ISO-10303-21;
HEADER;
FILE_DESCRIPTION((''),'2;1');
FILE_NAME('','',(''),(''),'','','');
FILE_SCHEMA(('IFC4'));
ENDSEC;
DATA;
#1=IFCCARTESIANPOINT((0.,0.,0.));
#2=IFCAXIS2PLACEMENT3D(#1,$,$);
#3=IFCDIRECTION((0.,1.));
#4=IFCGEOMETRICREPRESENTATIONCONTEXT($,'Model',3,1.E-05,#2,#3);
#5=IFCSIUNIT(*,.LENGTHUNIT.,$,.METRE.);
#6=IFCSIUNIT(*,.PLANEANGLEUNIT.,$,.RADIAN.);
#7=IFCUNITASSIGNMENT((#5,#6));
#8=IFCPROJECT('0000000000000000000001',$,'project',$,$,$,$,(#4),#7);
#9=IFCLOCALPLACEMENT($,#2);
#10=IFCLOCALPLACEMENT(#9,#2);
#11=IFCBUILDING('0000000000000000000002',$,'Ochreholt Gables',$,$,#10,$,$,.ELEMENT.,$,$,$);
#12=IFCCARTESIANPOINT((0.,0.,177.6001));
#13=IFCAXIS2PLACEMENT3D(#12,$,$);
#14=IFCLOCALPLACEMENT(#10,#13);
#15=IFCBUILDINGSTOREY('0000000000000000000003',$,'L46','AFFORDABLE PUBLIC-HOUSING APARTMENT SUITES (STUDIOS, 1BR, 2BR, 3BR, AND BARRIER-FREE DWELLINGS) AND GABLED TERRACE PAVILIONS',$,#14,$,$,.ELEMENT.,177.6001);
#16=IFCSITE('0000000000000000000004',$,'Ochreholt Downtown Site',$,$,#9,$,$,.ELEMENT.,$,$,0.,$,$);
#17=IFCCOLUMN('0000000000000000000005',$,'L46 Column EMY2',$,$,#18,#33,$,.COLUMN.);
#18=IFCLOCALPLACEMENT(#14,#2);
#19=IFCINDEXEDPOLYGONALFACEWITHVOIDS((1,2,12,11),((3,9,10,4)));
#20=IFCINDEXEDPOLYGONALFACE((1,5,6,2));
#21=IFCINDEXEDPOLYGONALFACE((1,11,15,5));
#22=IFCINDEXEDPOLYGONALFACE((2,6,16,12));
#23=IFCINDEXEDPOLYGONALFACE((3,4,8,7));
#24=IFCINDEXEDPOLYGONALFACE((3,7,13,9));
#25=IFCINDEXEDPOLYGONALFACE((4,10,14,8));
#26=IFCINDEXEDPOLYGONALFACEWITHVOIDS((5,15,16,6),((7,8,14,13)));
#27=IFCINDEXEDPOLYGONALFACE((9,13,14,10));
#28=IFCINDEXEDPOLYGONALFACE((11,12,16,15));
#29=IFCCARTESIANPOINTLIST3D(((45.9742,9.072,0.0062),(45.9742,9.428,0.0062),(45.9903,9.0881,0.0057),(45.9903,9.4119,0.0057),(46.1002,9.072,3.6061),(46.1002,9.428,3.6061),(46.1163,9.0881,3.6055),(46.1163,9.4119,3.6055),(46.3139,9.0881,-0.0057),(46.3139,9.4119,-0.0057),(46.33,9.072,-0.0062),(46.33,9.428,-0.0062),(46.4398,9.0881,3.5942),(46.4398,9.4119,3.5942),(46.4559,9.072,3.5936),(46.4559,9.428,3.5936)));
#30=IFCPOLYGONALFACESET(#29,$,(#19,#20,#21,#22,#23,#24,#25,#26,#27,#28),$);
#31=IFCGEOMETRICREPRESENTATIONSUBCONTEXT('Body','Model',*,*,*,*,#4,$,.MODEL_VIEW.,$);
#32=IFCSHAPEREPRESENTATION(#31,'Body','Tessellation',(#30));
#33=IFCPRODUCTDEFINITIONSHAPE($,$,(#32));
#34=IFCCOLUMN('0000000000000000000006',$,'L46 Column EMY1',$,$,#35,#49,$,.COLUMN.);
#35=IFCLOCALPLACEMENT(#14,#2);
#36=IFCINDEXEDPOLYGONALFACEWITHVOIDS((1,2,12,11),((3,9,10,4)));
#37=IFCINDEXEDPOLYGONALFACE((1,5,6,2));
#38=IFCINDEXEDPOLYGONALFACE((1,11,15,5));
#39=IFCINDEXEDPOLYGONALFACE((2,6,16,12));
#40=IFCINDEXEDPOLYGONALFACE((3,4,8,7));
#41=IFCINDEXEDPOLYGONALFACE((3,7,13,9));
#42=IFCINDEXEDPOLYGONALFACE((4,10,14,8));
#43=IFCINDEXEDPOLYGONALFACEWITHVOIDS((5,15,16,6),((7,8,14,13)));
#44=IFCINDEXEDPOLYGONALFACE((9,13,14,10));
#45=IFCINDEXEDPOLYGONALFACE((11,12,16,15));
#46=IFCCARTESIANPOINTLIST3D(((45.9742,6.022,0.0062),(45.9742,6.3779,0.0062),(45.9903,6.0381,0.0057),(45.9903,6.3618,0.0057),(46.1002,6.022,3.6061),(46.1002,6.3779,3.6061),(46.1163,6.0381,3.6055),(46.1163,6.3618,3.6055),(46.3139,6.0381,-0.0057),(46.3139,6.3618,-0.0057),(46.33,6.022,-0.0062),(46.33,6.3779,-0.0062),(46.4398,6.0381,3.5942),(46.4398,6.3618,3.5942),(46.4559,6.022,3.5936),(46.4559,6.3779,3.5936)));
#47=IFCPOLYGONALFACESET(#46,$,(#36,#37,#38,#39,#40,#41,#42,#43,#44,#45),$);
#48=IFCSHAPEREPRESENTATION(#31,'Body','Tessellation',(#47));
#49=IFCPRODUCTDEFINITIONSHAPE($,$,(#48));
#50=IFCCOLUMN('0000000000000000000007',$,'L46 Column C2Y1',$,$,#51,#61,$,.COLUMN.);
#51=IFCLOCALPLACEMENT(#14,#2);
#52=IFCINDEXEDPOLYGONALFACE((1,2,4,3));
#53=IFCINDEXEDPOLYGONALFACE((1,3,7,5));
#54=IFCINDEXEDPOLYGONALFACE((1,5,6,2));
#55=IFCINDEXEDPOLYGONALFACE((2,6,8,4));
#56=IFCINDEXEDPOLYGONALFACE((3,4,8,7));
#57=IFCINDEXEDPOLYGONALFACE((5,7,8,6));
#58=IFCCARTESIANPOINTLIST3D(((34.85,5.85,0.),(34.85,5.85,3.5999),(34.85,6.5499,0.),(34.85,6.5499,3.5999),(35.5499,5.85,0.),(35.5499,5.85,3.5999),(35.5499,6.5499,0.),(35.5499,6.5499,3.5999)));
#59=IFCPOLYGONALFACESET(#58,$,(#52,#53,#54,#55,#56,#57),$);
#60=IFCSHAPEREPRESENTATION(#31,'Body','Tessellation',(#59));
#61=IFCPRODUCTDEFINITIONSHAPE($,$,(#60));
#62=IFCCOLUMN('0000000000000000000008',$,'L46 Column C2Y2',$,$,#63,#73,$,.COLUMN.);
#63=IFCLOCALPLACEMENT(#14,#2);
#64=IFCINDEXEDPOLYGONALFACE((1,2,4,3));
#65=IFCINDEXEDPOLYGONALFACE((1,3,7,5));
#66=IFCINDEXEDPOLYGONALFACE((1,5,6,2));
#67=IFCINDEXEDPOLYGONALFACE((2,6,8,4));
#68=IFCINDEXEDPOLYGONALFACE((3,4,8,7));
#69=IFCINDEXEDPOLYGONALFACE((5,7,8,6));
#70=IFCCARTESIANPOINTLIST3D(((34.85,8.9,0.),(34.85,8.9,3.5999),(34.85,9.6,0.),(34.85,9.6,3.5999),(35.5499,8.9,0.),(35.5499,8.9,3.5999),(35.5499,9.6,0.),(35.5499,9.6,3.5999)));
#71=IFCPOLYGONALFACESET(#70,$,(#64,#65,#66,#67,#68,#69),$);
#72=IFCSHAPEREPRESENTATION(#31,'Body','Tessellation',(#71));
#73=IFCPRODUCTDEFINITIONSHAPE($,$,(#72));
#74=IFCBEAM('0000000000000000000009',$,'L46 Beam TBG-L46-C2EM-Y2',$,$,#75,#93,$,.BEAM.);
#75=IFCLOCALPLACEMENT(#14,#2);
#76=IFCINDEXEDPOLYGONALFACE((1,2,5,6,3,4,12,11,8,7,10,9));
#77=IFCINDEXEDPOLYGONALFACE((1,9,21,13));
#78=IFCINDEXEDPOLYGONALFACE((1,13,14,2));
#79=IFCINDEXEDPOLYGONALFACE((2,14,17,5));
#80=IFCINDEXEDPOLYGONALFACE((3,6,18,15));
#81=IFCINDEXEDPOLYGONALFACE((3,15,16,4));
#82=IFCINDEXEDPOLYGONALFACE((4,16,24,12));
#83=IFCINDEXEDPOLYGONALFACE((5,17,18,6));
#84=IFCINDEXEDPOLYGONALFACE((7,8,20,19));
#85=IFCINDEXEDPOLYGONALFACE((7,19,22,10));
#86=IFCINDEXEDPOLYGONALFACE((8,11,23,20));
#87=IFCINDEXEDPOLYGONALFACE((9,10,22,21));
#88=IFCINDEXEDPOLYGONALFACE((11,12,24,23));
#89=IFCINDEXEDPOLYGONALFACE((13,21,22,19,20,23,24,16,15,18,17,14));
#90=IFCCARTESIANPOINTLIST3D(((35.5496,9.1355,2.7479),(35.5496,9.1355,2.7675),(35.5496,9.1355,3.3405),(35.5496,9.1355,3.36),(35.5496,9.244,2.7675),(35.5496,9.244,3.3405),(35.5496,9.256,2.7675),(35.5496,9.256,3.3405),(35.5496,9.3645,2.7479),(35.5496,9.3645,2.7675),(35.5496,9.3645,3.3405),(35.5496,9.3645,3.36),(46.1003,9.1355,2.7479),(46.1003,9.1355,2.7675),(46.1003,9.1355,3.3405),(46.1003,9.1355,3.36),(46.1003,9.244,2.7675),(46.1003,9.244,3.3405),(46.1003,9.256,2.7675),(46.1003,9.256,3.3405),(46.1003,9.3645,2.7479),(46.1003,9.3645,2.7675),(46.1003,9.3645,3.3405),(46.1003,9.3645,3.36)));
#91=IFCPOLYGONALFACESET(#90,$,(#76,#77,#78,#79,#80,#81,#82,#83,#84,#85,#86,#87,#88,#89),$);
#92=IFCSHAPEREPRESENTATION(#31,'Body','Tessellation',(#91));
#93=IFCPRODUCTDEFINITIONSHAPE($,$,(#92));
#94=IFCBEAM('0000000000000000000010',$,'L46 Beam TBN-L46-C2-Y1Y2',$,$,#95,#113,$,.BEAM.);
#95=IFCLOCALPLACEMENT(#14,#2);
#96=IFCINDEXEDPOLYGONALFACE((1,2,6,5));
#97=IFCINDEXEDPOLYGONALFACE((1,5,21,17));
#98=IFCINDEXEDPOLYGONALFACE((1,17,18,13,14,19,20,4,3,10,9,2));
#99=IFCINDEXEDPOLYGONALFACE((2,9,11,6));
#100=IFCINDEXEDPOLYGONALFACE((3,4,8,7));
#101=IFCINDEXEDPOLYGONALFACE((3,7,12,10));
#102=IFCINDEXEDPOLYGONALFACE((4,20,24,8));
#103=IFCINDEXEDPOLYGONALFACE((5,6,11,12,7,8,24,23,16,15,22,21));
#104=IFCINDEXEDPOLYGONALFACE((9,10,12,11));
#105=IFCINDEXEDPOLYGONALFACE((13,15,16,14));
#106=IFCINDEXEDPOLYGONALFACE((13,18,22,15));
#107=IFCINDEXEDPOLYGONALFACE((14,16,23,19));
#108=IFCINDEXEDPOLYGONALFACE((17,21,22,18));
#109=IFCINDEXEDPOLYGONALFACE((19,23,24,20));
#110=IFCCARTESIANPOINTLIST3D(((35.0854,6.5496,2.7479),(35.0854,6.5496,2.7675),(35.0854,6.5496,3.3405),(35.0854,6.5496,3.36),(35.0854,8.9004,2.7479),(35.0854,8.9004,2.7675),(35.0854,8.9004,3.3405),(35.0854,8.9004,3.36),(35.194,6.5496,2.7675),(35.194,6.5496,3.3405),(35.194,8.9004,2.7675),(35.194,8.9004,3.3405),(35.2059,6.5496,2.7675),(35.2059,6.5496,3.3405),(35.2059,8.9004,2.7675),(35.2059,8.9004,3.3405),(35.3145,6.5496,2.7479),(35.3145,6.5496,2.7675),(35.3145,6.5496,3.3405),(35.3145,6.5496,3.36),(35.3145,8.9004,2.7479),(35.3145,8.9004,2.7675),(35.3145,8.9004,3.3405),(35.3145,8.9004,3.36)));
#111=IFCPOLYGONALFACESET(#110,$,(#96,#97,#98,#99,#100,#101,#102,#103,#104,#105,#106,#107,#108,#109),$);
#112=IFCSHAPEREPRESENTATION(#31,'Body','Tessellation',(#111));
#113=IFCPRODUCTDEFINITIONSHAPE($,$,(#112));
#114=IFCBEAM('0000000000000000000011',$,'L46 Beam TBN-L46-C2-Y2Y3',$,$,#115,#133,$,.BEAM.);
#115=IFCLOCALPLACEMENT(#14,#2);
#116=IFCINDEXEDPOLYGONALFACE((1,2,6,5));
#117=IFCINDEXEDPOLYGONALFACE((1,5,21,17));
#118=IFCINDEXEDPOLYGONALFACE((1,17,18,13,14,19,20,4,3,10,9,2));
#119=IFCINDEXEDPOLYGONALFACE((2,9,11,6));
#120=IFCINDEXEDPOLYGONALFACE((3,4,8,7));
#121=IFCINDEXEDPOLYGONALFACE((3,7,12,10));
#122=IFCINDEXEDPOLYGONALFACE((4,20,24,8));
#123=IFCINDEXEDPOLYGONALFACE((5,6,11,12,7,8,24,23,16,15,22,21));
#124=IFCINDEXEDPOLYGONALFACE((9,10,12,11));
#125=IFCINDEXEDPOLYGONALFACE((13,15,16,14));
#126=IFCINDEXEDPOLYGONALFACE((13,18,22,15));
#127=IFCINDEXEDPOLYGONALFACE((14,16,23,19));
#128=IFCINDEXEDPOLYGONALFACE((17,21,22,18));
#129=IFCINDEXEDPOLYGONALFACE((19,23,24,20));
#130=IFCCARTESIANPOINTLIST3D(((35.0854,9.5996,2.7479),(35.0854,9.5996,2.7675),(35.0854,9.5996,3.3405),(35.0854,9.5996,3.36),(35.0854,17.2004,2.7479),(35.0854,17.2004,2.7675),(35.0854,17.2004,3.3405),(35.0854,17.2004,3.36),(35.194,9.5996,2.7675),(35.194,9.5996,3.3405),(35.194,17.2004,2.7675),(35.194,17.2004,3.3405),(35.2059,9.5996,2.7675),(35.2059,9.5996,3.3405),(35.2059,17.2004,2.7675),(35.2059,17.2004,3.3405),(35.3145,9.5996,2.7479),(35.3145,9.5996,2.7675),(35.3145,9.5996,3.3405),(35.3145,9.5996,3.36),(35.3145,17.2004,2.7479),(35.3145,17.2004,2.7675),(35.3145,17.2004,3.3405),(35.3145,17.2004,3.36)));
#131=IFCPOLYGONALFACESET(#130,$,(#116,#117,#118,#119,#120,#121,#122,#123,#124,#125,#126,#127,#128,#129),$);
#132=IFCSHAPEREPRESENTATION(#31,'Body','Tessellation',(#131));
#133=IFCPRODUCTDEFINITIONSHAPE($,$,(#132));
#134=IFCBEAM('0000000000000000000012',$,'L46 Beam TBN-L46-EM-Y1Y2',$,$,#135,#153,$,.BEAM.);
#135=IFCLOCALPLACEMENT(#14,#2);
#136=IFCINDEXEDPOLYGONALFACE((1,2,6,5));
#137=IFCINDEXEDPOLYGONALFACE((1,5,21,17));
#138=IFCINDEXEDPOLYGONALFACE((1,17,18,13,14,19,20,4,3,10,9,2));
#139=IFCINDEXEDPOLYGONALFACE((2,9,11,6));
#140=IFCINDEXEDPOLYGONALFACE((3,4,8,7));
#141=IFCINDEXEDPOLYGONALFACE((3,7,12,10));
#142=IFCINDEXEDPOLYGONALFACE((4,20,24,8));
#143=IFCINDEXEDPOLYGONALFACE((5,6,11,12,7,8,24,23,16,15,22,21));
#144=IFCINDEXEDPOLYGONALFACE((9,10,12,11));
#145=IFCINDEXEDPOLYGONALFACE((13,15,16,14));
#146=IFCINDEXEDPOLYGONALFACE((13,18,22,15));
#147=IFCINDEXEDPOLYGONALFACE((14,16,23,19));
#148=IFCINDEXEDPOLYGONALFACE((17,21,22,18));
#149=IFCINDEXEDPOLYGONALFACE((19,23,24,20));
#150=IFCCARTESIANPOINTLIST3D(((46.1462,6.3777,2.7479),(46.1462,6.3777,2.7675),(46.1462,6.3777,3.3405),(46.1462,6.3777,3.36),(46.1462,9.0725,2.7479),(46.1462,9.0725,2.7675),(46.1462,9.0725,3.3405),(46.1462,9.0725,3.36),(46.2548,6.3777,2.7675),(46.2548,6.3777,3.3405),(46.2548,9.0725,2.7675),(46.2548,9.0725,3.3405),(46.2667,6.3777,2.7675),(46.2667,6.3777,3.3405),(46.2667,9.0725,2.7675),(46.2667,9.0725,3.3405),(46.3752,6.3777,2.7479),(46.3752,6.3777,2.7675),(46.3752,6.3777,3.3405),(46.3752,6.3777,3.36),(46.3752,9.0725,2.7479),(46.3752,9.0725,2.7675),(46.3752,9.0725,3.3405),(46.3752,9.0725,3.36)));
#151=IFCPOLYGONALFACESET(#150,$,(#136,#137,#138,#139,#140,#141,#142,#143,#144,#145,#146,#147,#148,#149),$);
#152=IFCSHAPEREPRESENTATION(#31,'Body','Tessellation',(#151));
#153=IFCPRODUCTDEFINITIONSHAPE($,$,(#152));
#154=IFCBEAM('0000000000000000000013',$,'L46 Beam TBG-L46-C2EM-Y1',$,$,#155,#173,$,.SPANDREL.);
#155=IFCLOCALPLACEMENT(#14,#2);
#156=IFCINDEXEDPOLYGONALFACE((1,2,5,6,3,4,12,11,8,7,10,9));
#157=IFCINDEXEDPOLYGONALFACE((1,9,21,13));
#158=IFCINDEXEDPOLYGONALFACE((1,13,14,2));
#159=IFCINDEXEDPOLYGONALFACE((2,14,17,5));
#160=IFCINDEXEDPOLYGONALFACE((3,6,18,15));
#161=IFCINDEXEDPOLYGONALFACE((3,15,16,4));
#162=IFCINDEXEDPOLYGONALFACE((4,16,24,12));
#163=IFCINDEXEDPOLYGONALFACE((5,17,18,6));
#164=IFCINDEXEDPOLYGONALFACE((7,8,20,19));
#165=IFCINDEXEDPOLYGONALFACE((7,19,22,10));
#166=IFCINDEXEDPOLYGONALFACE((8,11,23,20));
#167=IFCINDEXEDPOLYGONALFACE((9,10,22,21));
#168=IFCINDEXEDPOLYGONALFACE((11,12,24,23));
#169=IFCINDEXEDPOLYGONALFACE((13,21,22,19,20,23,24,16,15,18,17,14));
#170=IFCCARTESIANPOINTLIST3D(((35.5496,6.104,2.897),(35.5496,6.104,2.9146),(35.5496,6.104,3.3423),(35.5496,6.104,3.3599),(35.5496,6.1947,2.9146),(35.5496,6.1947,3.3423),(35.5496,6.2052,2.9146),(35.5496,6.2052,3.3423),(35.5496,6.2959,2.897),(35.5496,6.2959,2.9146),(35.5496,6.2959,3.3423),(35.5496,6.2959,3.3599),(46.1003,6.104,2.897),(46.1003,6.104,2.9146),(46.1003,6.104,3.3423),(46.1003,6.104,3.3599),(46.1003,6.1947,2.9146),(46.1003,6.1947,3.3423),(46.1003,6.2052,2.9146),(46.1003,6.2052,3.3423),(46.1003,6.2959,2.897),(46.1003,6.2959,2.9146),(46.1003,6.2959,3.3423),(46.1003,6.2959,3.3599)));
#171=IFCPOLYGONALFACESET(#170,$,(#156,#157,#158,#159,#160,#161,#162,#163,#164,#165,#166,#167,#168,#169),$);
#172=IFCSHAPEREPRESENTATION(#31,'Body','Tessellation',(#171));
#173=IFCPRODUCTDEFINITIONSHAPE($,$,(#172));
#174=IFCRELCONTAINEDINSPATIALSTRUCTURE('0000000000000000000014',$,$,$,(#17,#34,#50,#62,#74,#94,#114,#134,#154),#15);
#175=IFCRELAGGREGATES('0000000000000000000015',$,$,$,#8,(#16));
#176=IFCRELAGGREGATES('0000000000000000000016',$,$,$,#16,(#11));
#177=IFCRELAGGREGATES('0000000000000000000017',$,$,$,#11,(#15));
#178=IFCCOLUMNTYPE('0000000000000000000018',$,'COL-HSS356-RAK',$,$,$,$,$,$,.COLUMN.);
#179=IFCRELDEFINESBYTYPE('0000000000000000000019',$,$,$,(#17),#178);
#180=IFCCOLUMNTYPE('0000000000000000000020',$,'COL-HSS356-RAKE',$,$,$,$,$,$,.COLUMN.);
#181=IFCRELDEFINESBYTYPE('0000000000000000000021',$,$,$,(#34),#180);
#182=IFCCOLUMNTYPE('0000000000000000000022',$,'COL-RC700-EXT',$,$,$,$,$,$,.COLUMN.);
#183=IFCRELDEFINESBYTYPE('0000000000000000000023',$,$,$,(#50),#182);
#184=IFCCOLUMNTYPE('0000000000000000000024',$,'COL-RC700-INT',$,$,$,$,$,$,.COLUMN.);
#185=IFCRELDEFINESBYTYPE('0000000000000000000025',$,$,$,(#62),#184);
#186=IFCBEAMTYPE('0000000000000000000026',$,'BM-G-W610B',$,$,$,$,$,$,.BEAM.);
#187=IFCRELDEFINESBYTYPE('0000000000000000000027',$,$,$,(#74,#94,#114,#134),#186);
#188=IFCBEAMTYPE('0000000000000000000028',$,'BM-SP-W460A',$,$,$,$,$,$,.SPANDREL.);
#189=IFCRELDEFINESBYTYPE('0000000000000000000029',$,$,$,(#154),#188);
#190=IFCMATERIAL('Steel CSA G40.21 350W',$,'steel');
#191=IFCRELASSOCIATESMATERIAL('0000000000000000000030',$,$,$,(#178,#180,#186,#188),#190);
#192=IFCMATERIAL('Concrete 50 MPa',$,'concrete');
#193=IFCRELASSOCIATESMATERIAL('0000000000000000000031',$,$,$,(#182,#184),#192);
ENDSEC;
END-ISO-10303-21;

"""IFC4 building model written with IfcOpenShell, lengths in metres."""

from ifc_helpers import new_model, si_unit, direction, frame, origin, origin_2d, place, context, subcontext, project, spatial, rectangle, hollow_rectangle, i_section, extrude, material, material_profile, profile_set, type_object, element, save


model = new_model("IFC4")

# Units and contexts
model_context = context("Model", 3, precision=1e-05, world=origin(), true_north=direction((0.0, 1.0)))
body_context = subcontext(model_context, "Body", "Model", "MODEL_VIEW")
ifc_project = project(units=[si_unit("LENGTHUNIT", "METRE"), si_unit("PLANEANGLEUNIT", "RADIAN")], contexts=[model_context])

# Site, building, storey
site_placement = place(None, origin())
site = spatial("IfcSite", under=ifc_project, at=site_placement, Name="Ochreholt Downtown Site", CompositionType="ELEMENT", RefElevation=0.0)
building_placement = place(site_placement, origin())
building = spatial("IfcBuilding", under=site, at=building_placement, Name="Ochreholt Gables", CompositionType="ELEMENT")
storey_placement = place(building_placement, frame((0.0, 0.0, 177.6001)))
storey = spatial("IfcBuildingStorey", under=building, at=storey_placement, Name="L46", Description="AFFORDABLE PUBLIC-HOUSING APARTMENT SUITES (STUDIOS, 1BR, 2BR, 3BR, AND BARRIER-FREE DWELLINGS) AND GABLED TERRACE PAVILIONS", CompositionType="ELEMENT", Elevation=177.6001)

# Columns
ifc_material_1 = material(Name="Steel CSA G40.21 350W", Category="steel")
ifc_material_profile_1 = material_profile(ifc_material_1, hollow_rectangle(XDim=0.356, YDim=0.356, WallThickness=0.0161, at=origin_2d()), Name="HSS356X356X16")
ifc_profile_set_1 = profile_set([ifc_material_profile_1], Name="Steel CSA G40.21 350W")
column_type_1 = type_object("IfcColumnType", Name="COL-HSS356-RAK", PredefinedType="COLUMN", material=ifc_profile_set_1)
column_1_placement = place(storey_placement, frame((46.1521, 9.25, 0.0), z_axis=(0.034974, 0.0, 0.999388), x_axis=(0.0, 1.0, 0.0)))
element("IfcColumn", 1, at=column_1_placement, inside=storey, type_object=column_type_1, Name="L46 Column EMY2", PredefinedType="COLUMN", context=body_context, shape_type="SweptSolid", body=[
    extrude(hollow_rectangle(XDim=0.356, YDim=0.356, WallThickness=0.0161, at=origin_2d()), origin(), (0.0, 0.0, 1.0), 3.6021),
])
ifc_material_profile_2 = material_profile(ifc_material_1, hollow_rectangle(XDim=0.356, YDim=0.356, WallThickness=0.0161, at=origin_2d()), Name="HSS356X356X16")
ifc_profile_set_2 = profile_set([ifc_material_profile_2], Name="Steel CSA G40.21 350W")
column_type_2 = type_object("IfcColumnType", Name="COL-HSS356-RAKE", PredefinedType="COLUMN", material=ifc_profile_set_2)
column_2_placement = place(storey_placement, frame((46.1521, 6.2, 0.0), z_axis=(0.034974, 0.0, 0.999388), x_axis=(0.0, 1.0, 0.0)))
element("IfcColumn", 2, at=column_2_placement, inside=storey, type_object=column_type_2, Name="L46 Column EMY1", PredefinedType="COLUMN", context=body_context, shape_type="SweptSolid", body=[
    extrude(hollow_rectangle(XDim=0.356, YDim=0.356, WallThickness=0.0161, at=origin_2d()), origin(), (0.0, 0.0, 1.0), 3.6021),
])
ifc_material_2 = material(Name="Concrete 50 MPa", Category="concrete")
ifc_material_profile_3 = material_profile(ifc_material_2, rectangle(XDim=0.7, YDim=0.7, at=origin_2d()), Name="RC700X700")
ifc_profile_set_3 = profile_set([ifc_material_profile_3], Name="Concrete 50 MPa")
column_type_3 = type_object("IfcColumnType", Name="COL-RC700-EXT", PredefinedType="COLUMN", material=ifc_profile_set_3)
column_3_placement = place(storey_placement, frame((35.2, 6.2, 0.0), z_axis=(0.0, 0.0, 1.0), x_axis=(1.0, 0.0, 0.0)))
element("IfcColumn", 3, at=column_3_placement, inside=storey, type_object=column_type_3, Name="L46 Column C2Y1", PredefinedType="COLUMN", context=body_context, shape_type="SweptSolid", body=[
    extrude(rectangle(XDim=0.7, YDim=0.7, at=origin_2d()), origin(), (0.0, 0.0, 1.0), 3.5999),
])
ifc_material_profile_4 = material_profile(ifc_material_2, rectangle(XDim=0.7, YDim=0.7, at=origin_2d()), Name="RC700X700")
ifc_profile_set_4 = profile_set([ifc_material_profile_4], Name="Concrete 50 MPa")
column_type_4 = type_object("IfcColumnType", Name="COL-RC700-INT", PredefinedType="COLUMN", material=ifc_profile_set_4)
column_4_placement = place(storey_placement, frame((35.2, 9.25, 0.0), z_axis=(0.0, 0.0, 1.0), x_axis=(1.0, 0.0, 0.0)))
element("IfcColumn", 4, at=column_4_placement, inside=storey, type_object=column_type_4, Name="L46 Column C2Y2", PredefinedType="COLUMN", context=body_context, shape_type="SweptSolid", body=[
    extrude(rectangle(XDim=0.7, YDim=0.7, at=origin_2d()), origin(), (0.0, 0.0, 1.0), 3.5999),
])

# Beams
ifc_material_profile_5 = material_profile(ifc_material_1, i_section(OverallWidth=0.229, OverallDepth=0.6121, WebThickness=0.012, FlangeThickness=0.0195, at=origin_2d()), Name="W610X125")
ifc_profile_set_5 = profile_set([ifc_material_profile_5], Name="Steel CSA G40.21 350W")
beam_type_1 = type_object("IfcBeamType", Name="BM-G-W610B", PredefinedType="BEAM", material=ifc_profile_set_5)
beam_1_placement = place(storey_placement, frame((35.5496, 9.25, 3.054), z_axis=(1.0, 0.0, 0.0), x_axis=(0.0, 1.0, 0.0)))
element("IfcBeam", 5, at=beam_1_placement, inside=storey, type_object=beam_type_1, Name="L46 Beam TBG-L46-C2EM-Y2", PredefinedType="BEAM", context=body_context, shape_type="SweptSolid", body=[
    extrude(i_section(OverallWidth=0.229, OverallDepth=0.6121, WebThickness=0.012, FlangeThickness=0.0195, at=origin_2d()), origin(), (0.0, 0.0, 1.0), 10.5508),
])
beam_2_placement = place(storey_placement, frame((35.2, 6.5496, 3.054), z_axis=(0.0, 1.0, 0.0), x_axis=(-1.0, 0.0, 0.0)))
element("IfcBeam", 6, at=beam_2_placement, inside=storey, type_object=beam_type_1, Name="L46 Beam TBN-L46-C2-Y1Y2", PredefinedType="BEAM", context=body_context, shape_type="SweptSolid", body=[
    extrude(i_section(OverallWidth=0.229, OverallDepth=0.6121, WebThickness=0.012, FlangeThickness=0.0195, at=origin_2d()), origin(), (0.0, 0.0, 1.0), 2.3508),
])
beam_3_placement = place(storey_placement, frame((35.2, 9.5996, 3.054), z_axis=(0.0, 1.0, 0.0), x_axis=(-1.0, 0.0, 0.0)))
element("IfcBeam", 7, at=beam_3_placement, inside=storey, type_object=beam_type_1, Name="L46 Beam TBN-L46-C2-Y2Y3", PredefinedType="BEAM", context=body_context, shape_type="SweptSolid", body=[
    extrude(i_section(OverallWidth=0.229, OverallDepth=0.6121, WebThickness=0.012, FlangeThickness=0.0195, at=origin_2d()), origin(), (0.0, 0.0, 1.0), 7.6008),
])
beam_4_placement = place(storey_placement, frame((46.2607, 6.3777, 3.054), z_axis=(0.0, 1.0, 0.0), x_axis=(-1.0, 0.0, 0.0)))
element("IfcBeam", 8, at=beam_4_placement, inside=storey, type_object=beam_type_1, Name="L46 Beam TBN-L46-EM-Y1Y2", PredefinedType="BEAM", context=body_context, shape_type="SweptSolid", body=[
    extrude(i_section(OverallWidth=0.229, OverallDepth=0.6121, WebThickness=0.012, FlangeThickness=0.0195, at=origin_2d()), origin(), (0.0, 0.0, 1.0), 2.6948),
])
ifc_material_profile_6 = material_profile(ifc_material_1, i_section(OverallWidth=0.1919, OverallDepth=0.4629, WebThickness=0.0105, FlangeThickness=0.0176, at=origin_2d()), Name="W460X89")
ifc_profile_set_6 = profile_set([ifc_material_profile_6], Name="Steel CSA G40.21 350W")
beam_type_2 = type_object("IfcBeamType", Name="BM-SP-W460A", PredefinedType="SPANDREL", material=ifc_profile_set_6)
beam_5_placement = place(storey_placement, frame((35.5496, 6.2, 3.1284), z_axis=(1.0, 0.0, 0.0), x_axis=(0.0, 1.0, 0.0)))
element("IfcBeam", 9, at=beam_5_placement, inside=storey, type_object=beam_type_2, Name="L46 Beam TBG-L46-C2EM-Y1", PredefinedType="SPANDREL", context=body_context, shape_type="SweptSolid", body=[
    extrude(i_section(OverallWidth=0.1919, OverallDepth=0.4629, WebThickness=0.0105, FlangeThickness=0.0176, at=origin_2d()), origin(), (0.0, 0.0, 1.0), 10.5508),
])

save(model, "model.ifc")
